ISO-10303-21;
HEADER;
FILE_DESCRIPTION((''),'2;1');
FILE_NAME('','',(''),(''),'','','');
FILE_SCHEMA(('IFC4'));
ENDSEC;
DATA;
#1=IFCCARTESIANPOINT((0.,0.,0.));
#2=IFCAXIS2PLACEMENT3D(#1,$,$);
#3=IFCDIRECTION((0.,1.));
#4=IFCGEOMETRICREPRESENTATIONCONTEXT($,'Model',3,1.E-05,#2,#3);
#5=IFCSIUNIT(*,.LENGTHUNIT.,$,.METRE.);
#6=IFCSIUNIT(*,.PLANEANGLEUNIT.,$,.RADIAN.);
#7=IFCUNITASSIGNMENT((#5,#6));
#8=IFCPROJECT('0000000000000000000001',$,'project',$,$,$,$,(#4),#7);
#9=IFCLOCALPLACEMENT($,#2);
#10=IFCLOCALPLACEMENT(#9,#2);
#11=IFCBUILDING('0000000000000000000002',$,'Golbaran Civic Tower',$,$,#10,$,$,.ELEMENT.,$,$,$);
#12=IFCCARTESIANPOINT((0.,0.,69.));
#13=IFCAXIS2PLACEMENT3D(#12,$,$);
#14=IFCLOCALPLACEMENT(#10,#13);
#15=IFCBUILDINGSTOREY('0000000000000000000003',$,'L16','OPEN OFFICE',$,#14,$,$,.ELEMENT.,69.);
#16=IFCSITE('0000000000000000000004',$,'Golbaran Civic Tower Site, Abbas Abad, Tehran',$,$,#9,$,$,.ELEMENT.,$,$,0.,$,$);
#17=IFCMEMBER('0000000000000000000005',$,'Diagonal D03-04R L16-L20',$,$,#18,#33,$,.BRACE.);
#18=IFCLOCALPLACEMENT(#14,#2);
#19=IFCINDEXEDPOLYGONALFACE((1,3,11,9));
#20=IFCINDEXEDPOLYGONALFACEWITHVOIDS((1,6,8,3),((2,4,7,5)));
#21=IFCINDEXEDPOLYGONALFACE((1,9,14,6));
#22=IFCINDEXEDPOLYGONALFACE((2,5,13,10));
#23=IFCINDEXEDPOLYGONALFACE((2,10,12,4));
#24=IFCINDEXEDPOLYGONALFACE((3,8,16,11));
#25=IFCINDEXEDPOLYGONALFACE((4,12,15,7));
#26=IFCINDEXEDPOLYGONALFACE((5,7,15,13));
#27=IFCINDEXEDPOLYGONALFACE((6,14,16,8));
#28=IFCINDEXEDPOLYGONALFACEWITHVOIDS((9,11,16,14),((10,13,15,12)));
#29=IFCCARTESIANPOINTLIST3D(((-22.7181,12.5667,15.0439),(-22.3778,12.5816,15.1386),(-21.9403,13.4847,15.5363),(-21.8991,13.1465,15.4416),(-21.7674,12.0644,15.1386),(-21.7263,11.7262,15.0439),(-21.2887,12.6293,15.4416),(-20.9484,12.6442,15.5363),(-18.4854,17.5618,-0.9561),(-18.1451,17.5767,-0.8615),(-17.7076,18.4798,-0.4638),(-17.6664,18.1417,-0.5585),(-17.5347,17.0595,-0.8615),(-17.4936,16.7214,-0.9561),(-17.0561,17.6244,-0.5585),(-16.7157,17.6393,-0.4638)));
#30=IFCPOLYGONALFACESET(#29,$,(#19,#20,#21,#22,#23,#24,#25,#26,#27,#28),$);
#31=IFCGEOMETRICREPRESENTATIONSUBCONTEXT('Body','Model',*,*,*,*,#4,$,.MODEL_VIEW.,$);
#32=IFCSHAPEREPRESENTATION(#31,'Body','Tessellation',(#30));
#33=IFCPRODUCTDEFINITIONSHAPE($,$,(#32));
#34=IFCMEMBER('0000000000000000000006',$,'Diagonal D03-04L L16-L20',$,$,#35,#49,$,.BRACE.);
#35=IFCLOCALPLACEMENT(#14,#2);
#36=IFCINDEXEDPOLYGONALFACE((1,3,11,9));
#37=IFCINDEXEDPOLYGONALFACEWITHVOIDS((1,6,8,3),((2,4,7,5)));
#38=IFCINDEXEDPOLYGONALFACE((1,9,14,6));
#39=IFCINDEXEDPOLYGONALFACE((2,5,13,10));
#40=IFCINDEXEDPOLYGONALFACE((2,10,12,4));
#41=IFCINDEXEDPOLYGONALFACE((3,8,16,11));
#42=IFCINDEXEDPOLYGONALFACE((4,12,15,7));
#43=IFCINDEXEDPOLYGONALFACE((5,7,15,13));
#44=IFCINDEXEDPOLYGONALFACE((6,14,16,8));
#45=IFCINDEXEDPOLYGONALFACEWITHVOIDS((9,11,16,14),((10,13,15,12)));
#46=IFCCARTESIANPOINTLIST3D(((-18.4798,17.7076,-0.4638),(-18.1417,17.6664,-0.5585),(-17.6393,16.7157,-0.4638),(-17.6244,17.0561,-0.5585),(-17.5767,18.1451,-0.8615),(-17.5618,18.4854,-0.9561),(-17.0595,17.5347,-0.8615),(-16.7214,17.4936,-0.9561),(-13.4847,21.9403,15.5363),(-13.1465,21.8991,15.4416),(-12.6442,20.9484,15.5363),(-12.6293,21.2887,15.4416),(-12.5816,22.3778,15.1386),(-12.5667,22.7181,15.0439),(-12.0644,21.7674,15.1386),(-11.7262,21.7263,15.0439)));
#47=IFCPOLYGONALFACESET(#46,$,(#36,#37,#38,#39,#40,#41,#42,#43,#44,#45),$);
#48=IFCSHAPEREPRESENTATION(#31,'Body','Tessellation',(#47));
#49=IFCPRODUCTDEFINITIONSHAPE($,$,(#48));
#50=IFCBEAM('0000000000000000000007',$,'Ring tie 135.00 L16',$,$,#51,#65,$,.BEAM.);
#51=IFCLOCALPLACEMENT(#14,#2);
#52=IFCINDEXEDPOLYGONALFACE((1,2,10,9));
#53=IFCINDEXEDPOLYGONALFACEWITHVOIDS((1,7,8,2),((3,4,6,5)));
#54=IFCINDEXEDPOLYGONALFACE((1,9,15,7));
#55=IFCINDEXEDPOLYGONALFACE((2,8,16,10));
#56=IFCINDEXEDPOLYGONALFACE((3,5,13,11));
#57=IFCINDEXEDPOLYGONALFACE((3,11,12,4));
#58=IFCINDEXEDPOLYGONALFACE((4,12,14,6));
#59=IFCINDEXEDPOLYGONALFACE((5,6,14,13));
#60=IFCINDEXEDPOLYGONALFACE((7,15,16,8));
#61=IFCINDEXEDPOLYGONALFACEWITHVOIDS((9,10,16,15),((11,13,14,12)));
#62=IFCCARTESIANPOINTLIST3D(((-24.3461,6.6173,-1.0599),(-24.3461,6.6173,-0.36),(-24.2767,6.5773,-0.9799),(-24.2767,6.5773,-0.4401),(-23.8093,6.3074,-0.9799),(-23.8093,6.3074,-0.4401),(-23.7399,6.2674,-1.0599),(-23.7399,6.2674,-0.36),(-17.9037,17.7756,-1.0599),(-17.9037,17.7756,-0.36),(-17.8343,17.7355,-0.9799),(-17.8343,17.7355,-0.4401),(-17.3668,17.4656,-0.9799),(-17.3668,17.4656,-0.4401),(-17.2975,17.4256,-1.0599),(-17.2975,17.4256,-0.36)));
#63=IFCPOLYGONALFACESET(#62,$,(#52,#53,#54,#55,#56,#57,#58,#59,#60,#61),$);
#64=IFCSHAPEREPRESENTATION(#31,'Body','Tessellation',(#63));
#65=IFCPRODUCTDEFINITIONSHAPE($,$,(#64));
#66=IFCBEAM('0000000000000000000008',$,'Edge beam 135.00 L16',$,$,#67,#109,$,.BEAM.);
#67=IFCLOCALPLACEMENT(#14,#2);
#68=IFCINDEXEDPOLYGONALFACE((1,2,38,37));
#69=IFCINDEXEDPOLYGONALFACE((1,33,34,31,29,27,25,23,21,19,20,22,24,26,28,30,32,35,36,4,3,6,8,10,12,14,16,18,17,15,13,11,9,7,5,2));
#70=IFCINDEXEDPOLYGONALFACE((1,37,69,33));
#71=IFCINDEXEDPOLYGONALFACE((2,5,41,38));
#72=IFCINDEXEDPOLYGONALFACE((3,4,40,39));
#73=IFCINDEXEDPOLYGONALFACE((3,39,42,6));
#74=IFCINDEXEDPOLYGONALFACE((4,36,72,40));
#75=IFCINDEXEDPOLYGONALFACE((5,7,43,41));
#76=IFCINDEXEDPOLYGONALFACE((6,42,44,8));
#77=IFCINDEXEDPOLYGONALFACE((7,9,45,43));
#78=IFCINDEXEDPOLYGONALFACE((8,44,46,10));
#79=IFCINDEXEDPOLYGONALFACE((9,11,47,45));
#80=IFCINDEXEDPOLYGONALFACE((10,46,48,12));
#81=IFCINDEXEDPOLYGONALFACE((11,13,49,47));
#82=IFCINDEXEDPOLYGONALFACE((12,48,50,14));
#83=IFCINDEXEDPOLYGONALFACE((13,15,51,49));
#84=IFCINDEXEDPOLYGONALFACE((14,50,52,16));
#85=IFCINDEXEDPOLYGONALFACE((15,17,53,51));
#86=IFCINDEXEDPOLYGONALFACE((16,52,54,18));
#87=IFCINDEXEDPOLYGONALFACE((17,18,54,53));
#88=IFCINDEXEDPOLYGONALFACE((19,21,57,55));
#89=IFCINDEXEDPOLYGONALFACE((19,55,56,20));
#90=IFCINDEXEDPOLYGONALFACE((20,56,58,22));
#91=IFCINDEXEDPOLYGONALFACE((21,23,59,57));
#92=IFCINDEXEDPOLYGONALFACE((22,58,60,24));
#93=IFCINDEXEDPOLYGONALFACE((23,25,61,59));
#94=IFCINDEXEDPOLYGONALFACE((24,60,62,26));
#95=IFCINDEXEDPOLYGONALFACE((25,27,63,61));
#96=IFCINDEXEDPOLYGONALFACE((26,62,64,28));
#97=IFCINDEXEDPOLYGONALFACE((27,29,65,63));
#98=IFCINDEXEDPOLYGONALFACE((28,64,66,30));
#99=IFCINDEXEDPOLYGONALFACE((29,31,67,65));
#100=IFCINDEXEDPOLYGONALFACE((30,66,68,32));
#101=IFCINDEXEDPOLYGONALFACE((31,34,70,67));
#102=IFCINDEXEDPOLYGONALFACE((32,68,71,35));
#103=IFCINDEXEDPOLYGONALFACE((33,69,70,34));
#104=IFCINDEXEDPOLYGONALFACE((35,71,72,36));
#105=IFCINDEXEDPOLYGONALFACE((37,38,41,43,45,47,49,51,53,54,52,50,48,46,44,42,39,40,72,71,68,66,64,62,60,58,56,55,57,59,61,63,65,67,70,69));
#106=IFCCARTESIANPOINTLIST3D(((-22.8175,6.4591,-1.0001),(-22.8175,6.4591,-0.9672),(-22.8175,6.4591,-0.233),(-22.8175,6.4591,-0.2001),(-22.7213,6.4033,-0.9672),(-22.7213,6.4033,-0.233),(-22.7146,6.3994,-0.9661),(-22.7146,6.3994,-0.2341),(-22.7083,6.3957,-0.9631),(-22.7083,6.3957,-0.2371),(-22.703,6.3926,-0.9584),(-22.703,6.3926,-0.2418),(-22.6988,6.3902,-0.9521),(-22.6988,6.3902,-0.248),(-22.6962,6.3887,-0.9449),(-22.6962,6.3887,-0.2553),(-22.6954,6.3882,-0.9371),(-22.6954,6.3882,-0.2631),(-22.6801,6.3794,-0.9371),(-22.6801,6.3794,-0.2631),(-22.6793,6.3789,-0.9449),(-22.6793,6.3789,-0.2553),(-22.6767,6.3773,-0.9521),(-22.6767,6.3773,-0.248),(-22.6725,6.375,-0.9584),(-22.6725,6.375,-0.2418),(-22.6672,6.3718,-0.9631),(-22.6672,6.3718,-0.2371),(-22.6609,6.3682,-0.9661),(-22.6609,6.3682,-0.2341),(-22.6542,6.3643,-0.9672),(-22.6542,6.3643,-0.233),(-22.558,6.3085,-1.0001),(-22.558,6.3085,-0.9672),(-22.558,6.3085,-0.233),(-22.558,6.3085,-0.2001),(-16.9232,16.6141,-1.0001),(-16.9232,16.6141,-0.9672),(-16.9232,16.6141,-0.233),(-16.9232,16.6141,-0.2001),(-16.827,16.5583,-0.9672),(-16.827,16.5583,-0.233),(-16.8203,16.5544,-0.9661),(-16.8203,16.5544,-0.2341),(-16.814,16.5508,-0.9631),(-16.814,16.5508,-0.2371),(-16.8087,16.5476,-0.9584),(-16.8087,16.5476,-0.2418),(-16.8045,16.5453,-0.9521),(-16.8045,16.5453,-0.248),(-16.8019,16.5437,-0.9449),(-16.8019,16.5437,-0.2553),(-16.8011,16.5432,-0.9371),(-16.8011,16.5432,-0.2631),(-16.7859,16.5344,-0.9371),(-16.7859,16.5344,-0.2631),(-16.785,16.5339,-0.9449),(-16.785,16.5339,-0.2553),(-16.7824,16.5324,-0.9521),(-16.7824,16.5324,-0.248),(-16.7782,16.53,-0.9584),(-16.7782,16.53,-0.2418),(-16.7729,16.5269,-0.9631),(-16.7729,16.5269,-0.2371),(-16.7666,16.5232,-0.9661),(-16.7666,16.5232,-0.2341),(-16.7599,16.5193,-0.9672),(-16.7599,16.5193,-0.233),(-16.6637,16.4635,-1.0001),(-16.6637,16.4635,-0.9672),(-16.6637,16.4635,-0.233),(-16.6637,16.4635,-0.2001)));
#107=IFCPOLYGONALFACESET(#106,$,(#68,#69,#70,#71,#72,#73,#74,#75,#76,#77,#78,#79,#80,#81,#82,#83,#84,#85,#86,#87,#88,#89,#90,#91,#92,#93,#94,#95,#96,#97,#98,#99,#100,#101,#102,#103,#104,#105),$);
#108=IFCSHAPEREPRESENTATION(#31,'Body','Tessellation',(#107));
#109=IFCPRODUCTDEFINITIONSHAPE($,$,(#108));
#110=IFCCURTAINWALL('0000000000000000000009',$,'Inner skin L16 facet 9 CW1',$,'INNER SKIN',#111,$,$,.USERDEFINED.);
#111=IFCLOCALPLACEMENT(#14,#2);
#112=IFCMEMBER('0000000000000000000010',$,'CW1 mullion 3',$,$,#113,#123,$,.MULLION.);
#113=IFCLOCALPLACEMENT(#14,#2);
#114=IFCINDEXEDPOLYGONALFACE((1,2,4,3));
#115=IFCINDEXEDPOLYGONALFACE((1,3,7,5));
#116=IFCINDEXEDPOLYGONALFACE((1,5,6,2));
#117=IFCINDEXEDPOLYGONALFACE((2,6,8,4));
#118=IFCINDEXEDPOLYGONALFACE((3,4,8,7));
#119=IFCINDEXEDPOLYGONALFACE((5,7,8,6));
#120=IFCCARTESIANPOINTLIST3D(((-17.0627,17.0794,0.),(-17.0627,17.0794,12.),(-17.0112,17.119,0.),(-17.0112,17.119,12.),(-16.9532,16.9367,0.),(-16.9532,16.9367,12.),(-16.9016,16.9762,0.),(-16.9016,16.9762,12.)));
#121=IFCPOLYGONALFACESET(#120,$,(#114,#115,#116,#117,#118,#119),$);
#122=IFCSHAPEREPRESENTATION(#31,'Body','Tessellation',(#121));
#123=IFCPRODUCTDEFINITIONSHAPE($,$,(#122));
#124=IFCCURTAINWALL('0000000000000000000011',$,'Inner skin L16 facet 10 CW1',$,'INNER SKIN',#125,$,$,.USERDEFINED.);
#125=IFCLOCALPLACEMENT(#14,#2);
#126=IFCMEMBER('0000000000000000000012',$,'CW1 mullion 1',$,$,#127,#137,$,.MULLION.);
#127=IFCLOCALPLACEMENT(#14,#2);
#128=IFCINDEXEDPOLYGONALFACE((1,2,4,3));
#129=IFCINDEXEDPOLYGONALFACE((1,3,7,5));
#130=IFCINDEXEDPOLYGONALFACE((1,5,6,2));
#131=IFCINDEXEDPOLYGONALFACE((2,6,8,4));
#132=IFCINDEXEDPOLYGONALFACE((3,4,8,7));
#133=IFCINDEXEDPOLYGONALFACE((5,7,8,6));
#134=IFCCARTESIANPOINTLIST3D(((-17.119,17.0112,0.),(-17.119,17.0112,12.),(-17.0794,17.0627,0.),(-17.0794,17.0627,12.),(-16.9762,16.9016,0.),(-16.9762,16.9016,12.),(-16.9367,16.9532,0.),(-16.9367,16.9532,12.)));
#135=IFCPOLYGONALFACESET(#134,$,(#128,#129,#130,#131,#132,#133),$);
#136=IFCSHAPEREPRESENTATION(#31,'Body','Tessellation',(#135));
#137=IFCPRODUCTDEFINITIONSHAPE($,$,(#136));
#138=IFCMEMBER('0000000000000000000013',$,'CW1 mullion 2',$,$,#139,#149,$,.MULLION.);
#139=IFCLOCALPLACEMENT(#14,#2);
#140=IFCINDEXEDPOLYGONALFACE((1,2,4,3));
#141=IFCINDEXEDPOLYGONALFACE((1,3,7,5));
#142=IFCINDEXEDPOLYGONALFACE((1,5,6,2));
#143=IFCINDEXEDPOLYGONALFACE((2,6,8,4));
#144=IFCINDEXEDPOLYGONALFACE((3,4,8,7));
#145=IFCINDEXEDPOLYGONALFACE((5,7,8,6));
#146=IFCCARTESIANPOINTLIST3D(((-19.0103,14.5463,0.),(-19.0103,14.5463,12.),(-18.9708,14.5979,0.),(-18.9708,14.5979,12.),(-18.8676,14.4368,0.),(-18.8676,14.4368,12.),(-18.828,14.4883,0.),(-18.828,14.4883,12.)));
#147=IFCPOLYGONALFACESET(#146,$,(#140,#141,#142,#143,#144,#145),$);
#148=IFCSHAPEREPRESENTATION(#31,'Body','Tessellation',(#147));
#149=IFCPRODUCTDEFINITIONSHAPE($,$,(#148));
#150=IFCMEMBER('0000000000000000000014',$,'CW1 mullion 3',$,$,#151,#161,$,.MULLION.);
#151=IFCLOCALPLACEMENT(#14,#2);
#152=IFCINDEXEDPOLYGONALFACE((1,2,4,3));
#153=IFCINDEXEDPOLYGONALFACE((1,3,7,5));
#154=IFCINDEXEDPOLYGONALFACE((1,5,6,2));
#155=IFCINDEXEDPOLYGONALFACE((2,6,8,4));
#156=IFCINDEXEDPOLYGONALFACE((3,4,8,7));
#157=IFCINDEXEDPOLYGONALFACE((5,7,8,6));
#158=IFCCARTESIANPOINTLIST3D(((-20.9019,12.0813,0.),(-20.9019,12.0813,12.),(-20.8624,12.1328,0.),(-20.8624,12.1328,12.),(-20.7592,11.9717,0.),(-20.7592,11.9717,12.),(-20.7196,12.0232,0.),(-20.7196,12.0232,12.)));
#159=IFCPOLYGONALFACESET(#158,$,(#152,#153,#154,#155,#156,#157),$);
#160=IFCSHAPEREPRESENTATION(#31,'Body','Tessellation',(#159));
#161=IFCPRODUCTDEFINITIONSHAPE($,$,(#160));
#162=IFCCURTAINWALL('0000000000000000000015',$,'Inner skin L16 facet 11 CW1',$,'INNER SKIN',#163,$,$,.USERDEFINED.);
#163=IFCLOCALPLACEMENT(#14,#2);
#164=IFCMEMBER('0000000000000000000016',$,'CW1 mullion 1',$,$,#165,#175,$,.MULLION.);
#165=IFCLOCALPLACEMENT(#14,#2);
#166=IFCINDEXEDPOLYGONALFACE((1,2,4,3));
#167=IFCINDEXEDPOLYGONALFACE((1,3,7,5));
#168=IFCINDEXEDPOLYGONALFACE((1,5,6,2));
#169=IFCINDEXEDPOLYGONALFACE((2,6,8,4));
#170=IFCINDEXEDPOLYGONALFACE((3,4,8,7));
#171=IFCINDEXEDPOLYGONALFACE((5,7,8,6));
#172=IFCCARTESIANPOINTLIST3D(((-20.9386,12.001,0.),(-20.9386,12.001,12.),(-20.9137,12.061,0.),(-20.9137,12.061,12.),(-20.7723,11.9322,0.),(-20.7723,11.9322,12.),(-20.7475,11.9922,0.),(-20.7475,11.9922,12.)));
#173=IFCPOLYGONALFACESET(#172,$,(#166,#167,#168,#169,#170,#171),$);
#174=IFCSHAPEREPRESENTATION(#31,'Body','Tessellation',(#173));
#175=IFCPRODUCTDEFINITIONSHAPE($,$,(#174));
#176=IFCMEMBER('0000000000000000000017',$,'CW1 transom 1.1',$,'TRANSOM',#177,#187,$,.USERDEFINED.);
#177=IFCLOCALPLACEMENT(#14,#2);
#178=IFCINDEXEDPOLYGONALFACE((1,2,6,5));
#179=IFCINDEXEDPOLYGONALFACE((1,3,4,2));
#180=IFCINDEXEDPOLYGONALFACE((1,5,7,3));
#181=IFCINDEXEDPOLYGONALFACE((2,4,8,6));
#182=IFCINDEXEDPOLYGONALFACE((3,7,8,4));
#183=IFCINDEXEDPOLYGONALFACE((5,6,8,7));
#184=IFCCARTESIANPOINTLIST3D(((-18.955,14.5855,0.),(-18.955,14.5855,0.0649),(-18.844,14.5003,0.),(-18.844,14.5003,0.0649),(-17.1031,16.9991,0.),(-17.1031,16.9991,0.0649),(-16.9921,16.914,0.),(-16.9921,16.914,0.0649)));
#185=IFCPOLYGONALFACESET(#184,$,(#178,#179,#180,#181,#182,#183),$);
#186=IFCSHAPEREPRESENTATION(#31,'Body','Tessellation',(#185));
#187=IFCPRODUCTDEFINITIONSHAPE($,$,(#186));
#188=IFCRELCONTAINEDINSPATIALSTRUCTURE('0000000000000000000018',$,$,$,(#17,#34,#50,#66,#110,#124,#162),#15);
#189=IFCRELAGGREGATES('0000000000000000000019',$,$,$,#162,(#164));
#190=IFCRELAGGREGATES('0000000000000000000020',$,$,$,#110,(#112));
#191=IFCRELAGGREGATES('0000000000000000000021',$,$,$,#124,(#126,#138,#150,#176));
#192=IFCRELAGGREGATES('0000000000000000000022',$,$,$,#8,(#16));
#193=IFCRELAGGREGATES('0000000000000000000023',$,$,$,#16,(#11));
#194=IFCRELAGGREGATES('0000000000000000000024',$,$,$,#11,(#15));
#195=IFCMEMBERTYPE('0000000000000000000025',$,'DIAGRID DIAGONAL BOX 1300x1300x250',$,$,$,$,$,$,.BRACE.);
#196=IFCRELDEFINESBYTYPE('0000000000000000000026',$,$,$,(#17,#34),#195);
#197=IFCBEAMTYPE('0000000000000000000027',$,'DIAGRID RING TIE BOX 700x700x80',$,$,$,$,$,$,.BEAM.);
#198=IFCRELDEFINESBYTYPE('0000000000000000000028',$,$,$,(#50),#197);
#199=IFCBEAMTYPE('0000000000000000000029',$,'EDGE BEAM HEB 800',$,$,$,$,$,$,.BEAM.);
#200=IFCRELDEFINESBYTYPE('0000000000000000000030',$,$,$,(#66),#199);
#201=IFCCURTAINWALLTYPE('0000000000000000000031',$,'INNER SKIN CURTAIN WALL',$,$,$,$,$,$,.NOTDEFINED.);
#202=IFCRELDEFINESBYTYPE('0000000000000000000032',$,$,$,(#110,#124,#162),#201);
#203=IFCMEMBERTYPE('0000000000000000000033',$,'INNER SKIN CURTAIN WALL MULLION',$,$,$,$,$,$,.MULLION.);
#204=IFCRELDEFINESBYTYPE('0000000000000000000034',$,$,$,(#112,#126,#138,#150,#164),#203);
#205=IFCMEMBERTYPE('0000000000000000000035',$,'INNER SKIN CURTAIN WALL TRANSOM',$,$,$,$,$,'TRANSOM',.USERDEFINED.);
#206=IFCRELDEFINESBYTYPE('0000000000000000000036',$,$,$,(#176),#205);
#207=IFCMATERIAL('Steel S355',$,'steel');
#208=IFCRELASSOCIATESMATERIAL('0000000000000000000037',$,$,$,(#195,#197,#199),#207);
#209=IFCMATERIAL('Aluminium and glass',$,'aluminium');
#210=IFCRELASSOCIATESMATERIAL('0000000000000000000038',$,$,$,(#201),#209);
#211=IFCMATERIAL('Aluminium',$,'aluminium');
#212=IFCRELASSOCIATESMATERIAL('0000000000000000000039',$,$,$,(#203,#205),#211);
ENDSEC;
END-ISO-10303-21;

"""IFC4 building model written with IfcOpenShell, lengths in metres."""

from ifc_helpers import new_model, si_unit, direction, frame, origin, origin_2d, place, context, subcontext, project, spatial, rectangle, hollow_rectangle, i_section, extrude, material, material_profile, profile_set, type_object, element, aggregate, save


model = new_model("IFC4")

# Units and contexts
model_context = context("Model", 3, precision=1e-05, world=origin(), true_north=direction((0.0, 1.0)))
body_context = subcontext(model_context, "Body", "Model", "MODEL_VIEW")
ifc_project = project(units=[si_unit("LENGTHUNIT", "METRE"), si_unit("PLANEANGLEUNIT", "RADIAN")], contexts=[model_context])

# Site, building, storey
site_placement = place(None, origin())
site = spatial("IfcSite", under=ifc_project, at=site_placement, Name="Golbaran Civic Tower Site, Abbas Abad, Tehran", CompositionType="ELEMENT", RefElevation=0.0)
building_placement = place(site_placement, origin())
building = spatial("IfcBuilding", under=site, at=building_placement, Name="Golbaran Civic Tower", CompositionType="ELEMENT")
storey_placement = place(building_placement, frame((0.0, 0.0, 69.0)))
storey = spatial("IfcBuildingStorey", under=building, at=storey_placement, Name="L16", Description="OPEN OFFICE", CompositionType="ELEMENT", Elevation=69.0)

# Members
ifc_material_1 = material(Name="Steel S355", Category="steel")
ifc_material_profile_1 = material_profile(ifc_material_1, hollow_rectangle(XDim=1.3, YDim=1.3, WallThickness=0.25, at=origin_2d()), Name="BOX 1300x1300x250")
ifc_profile_set_1 = profile_set([ifc_material_profile_1], Name="Steel S355")
member_type_1 = type_object("IfcMemberType", Name="DIAGRID DIAGONAL BOX 1300x1300x250", PredefinedType="BRACE", material=ifc_profile_set_1)
for number, where, z_axis, x_axis, name in (
    (1, (-17.6006, 17.6006, -0.71), (-0.244836, -0.28894, 0.92551), (0.762932, -0.646479, 0.0), "Diagonal D03-04R L16-L20"),
    (2, (-17.6006, 17.6006, -0.71), (0.28894, 0.244836, 0.92551), (-0.646479, 0.762932, 0.0), "Diagonal D03-04L L16-L20"),
):
    element("IfcMember", number, at=place(storey_placement, frame(where, z_axis=z_axis, x_axis=x_axis)), inside=storey, type_object=member_type_1, Name=name, PredefinedType="BRACE", context=body_context, shape_type="SweptSolid", body=[
        extrude(hollow_rectangle(XDim=1.3, YDim=1.3, WallThickness=0.25, at=origin_2d()), origin(), (0.0, 0.0, 1.0), 17.2878),
    ])

# Beams
ifc_material_profile_2 = material_profile(ifc_material_1, hollow_rectangle(XDim=0.7, YDim=0.7, WallThickness=0.0801, at=origin_2d()), Name="BOX 700x700x80")
ifc_profile_set_2 = profile_set([ifc_material_profile_2], Name="Steel S355")
beam_type_1 = type_object("IfcBeamType", Name="DIAGRID RING TIE BOX 700x700x80", PredefinedType="BEAM", material=ifc_profile_set_2)
beam_1_placement = place(storey_placement, frame((-17.6006, 17.6006, -0.71), z_axis=(-0.500011, -0.866019, 0.0), x_axis=(0.866019, -0.500011, 0.0)))
element("IfcBeam", 3, at=beam_1_placement, inside=storey, type_object=beam_type_1, Name="Ring tie 135.00 L16", PredefinedType="BEAM", context=body_context, shape_type="SweptSolid", body=[
    extrude(hollow_rectangle(XDim=0.7, YDim=0.7, WallThickness=0.0801, at=origin_2d()), origin(), (0.0, 0.0, 1.0), 12.8845),
])
ifc_material_profile_3 = material_profile(ifc_material_1, i_section(OverallWidth=0.3, OverallDepth=0.8, WebThickness=0.0176, FlangeThickness=0.033, FilletRadius=0.03, at=origin_2d()), Name="HEB 800")
ifc_profile_set_3 = profile_set([ifc_material_profile_3], Name="Steel S355")
beam_type_2 = type_object("IfcBeamType", Name="EDGE BEAM HEB 800", PredefinedType="BEAM", material=ifc_profile_set_3)
beam_2_placement = place(storey_placement, frame((-16.7935, 16.5388, -0.6001), z_axis=(-0.501997, -0.86487, 0.0), x_axis=(0.86487, -0.501997, 0.0)))
element("IfcBeam", 4, at=beam_2_placement, inside=storey, type_object=beam_type_2, Name="Edge beam 135.00 L16", PredefinedType="BEAM", context=body_context, shape_type="SweptSolid", body=[
    extrude(i_section(OverallWidth=0.3, OverallDepth=0.8, WebThickness=0.0176, FlangeThickness=0.033, FilletRadius=0.03, at=origin_2d()), origin(), (0.0, 0.0, 1.0), 11.7417),
])

# Curtain wall, member
ifc_material_2 = material(Name="Aluminium and glass", Category="aluminium")
curtain_wall_type_1 = type_object("IfcCurtainWallType", Name="INNER SKIN CURTAIN WALL", PredefinedType="NOTDEFINED", material=ifc_material_2)
curtain_wall_1_placement = place(storey_placement, origin())
curtain_wall_1 = element("IfcCurtainWall", 5, at=curtain_wall_1_placement, inside=storey, type_object=curtain_wall_type_1, Name="Inner skin L16 facet 9 CW1", ObjectType="INNER SKIN", PredefinedType="USERDEFINED")
ifc_material_3 = material(Name="Aluminium", Category="aluminium")
ifc_material_profile_4 = material_profile(ifc_material_3, rectangle(XDim=0.1799, YDim=0.0649, at=origin_2d()), Name="INNER SKIN CURTAIN WALL MULLION")
ifc_profile_set_4 = profile_set([ifc_material_profile_4], Name="Aluminium")
member_type_2 = type_object("IfcMemberType", Name="INNER SKIN CURTAIN WALL MULLION", PredefinedType="MULLION", material=ifc_profile_set_4)
member_1_placement = place(storey_placement, frame((-16.9822, 17.0278, 0.0), z_axis=(0.0, 0.0, 1.0), x_axis=(0.608761, -0.793353, 0.0)))
member_1 = element("IfcMember", 6, at=member_1_placement, type_object=member_type_2, Name="CW1 mullion 3", PredefinedType="MULLION", context=body_context, shape_type="SweptSolid", body=[
    extrude(rectangle(XDim=0.1799, YDim=0.0649, at=origin_2d()), origin(), (0.0, 0.0, 1.0), 12.0),
])

# Curtain wall, members
curtain_wall_2_placement = place(storey_placement, origin())
curtain_wall_2 = element("IfcCurtainWall", 7, at=curtain_wall_2_placement, inside=storey, type_object=curtain_wall_type_1, Name="Inner skin L16 facet 10 CW1", ObjectType="INNER SKIN", PredefinedType="USERDEFINED")
member_2_placement = place(storey_placement, frame((-17.0278, 16.9822, 0.0), z_axis=(0.0, 0.0, 1.0), x_axis=(0.793353, -0.608761, 0.0)))
member_2 = element("IfcMember", 8, at=member_2_placement, type_object=member_type_2, Name="CW1 mullion 1", PredefinedType="MULLION", context=body_context, shape_type="SweptSolid", body=[
    extrude(rectangle(XDim=0.1799, YDim=0.0649, at=origin_2d()), origin(), (0.0, 0.0, 1.0), 12.0),
])
member_3_placement = place(storey_placement, frame((-18.9192, 14.5173, 0.0), z_axis=(0.0, 0.0, 1.0), x_axis=(0.793353, -0.608761, 0.0)))
member_3 = element("IfcMember", 9, at=member_3_placement, type_object=member_type_2, Name="CW1 mullion 2", PredefinedType="MULLION", context=body_context, shape_type="SweptSolid", body=[
    extrude(rectangle(XDim=0.1799, YDim=0.0649, at=origin_2d()), origin(), (0.0, 0.0, 1.0), 12.0),
])
member_4_placement = place(storey_placement, frame((-20.8108, 12.0522, 0.0), z_axis=(0.0, 0.0, 1.0), x_axis=(0.793353, -0.608761, 0.0)))
member_4 = element("IfcMember", 10, at=member_4_placement, type_object=member_type_2, Name="CW1 mullion 3", PredefinedType="MULLION", context=body_context, shape_type="SweptSolid", body=[
    extrude(rectangle(XDim=0.1799, YDim=0.0649, at=origin_2d()), origin(), (0.0, 0.0, 1.0), 12.0),
])

# Curtain wall, member
curtain_wall_3_placement = place(storey_placement, origin())
curtain_wall_3 = element("IfcCurtainWall", 11, at=curtain_wall_3_placement, inside=storey, type_object=curtain_wall_type_1, Name="Inner skin L16 facet 11 CW1", ObjectType="INNER SKIN", PredefinedType="USERDEFINED")
member_5_placement = place(storey_placement, frame((-20.843, 11.9966, 0.0), z_axis=(0.0, 0.0, 1.0), x_axis=(0.92388, -0.382683, 0.0)))
member_5 = element("IfcMember", 12, at=member_5_placement, type_object=member_type_2, Name="CW1 mullion 1", PredefinedType="MULLION", context=body_context, shape_type="SweptSolid", body=[
    extrude(rectangle(XDim=0.1799, YDim=0.0649, at=origin_2d()), origin(), (0.0, 0.0, 1.0), 12.0),
])

# Member
ifc_material_profile_5 = material_profile(ifc_material_3, rectangle(XDim=0.1399, YDim=0.0649, at=origin_2d()), Name="INNER SKIN CURTAIN WALL TRANSOM")
ifc_profile_set_5 = profile_set([ifc_material_profile_5], Name="Aluminium")
member_type_3 = type_object("IfcMemberType", Name="INNER SKIN CURTAIN WALL TRANSOM", ElementType="TRANSOM", PredefinedType="USERDEFINED", material=ifc_profile_set_5)
member_6_placement = place(storey_placement, frame((-17.0476, 16.9565, 0.0325), z_axis=(-0.608721, -0.793384, 0.0), x_axis=(0.793384, -0.608721, 0.0)))
member_6 = element("IfcMember", 13, at=member_6_placement, type_object=member_type_3, Name="CW1 transom 1.1", ObjectType="TRANSOM", PredefinedType="USERDEFINED", context=body_context, shape_type="SweptSolid", body=[
    extrude(rectangle(XDim=0.1399, YDim=0.0649, at=origin_2d()), origin(), (0.0, 0.0, 1.0), 3.0422),
])

aggregate(curtain_wall_3, [member_5])
aggregate(curtain_wall_1, [member_1])
aggregate(curtain_wall_2, [member_2, member_3, member_4, member_6])

save(model, "model.ifc")
